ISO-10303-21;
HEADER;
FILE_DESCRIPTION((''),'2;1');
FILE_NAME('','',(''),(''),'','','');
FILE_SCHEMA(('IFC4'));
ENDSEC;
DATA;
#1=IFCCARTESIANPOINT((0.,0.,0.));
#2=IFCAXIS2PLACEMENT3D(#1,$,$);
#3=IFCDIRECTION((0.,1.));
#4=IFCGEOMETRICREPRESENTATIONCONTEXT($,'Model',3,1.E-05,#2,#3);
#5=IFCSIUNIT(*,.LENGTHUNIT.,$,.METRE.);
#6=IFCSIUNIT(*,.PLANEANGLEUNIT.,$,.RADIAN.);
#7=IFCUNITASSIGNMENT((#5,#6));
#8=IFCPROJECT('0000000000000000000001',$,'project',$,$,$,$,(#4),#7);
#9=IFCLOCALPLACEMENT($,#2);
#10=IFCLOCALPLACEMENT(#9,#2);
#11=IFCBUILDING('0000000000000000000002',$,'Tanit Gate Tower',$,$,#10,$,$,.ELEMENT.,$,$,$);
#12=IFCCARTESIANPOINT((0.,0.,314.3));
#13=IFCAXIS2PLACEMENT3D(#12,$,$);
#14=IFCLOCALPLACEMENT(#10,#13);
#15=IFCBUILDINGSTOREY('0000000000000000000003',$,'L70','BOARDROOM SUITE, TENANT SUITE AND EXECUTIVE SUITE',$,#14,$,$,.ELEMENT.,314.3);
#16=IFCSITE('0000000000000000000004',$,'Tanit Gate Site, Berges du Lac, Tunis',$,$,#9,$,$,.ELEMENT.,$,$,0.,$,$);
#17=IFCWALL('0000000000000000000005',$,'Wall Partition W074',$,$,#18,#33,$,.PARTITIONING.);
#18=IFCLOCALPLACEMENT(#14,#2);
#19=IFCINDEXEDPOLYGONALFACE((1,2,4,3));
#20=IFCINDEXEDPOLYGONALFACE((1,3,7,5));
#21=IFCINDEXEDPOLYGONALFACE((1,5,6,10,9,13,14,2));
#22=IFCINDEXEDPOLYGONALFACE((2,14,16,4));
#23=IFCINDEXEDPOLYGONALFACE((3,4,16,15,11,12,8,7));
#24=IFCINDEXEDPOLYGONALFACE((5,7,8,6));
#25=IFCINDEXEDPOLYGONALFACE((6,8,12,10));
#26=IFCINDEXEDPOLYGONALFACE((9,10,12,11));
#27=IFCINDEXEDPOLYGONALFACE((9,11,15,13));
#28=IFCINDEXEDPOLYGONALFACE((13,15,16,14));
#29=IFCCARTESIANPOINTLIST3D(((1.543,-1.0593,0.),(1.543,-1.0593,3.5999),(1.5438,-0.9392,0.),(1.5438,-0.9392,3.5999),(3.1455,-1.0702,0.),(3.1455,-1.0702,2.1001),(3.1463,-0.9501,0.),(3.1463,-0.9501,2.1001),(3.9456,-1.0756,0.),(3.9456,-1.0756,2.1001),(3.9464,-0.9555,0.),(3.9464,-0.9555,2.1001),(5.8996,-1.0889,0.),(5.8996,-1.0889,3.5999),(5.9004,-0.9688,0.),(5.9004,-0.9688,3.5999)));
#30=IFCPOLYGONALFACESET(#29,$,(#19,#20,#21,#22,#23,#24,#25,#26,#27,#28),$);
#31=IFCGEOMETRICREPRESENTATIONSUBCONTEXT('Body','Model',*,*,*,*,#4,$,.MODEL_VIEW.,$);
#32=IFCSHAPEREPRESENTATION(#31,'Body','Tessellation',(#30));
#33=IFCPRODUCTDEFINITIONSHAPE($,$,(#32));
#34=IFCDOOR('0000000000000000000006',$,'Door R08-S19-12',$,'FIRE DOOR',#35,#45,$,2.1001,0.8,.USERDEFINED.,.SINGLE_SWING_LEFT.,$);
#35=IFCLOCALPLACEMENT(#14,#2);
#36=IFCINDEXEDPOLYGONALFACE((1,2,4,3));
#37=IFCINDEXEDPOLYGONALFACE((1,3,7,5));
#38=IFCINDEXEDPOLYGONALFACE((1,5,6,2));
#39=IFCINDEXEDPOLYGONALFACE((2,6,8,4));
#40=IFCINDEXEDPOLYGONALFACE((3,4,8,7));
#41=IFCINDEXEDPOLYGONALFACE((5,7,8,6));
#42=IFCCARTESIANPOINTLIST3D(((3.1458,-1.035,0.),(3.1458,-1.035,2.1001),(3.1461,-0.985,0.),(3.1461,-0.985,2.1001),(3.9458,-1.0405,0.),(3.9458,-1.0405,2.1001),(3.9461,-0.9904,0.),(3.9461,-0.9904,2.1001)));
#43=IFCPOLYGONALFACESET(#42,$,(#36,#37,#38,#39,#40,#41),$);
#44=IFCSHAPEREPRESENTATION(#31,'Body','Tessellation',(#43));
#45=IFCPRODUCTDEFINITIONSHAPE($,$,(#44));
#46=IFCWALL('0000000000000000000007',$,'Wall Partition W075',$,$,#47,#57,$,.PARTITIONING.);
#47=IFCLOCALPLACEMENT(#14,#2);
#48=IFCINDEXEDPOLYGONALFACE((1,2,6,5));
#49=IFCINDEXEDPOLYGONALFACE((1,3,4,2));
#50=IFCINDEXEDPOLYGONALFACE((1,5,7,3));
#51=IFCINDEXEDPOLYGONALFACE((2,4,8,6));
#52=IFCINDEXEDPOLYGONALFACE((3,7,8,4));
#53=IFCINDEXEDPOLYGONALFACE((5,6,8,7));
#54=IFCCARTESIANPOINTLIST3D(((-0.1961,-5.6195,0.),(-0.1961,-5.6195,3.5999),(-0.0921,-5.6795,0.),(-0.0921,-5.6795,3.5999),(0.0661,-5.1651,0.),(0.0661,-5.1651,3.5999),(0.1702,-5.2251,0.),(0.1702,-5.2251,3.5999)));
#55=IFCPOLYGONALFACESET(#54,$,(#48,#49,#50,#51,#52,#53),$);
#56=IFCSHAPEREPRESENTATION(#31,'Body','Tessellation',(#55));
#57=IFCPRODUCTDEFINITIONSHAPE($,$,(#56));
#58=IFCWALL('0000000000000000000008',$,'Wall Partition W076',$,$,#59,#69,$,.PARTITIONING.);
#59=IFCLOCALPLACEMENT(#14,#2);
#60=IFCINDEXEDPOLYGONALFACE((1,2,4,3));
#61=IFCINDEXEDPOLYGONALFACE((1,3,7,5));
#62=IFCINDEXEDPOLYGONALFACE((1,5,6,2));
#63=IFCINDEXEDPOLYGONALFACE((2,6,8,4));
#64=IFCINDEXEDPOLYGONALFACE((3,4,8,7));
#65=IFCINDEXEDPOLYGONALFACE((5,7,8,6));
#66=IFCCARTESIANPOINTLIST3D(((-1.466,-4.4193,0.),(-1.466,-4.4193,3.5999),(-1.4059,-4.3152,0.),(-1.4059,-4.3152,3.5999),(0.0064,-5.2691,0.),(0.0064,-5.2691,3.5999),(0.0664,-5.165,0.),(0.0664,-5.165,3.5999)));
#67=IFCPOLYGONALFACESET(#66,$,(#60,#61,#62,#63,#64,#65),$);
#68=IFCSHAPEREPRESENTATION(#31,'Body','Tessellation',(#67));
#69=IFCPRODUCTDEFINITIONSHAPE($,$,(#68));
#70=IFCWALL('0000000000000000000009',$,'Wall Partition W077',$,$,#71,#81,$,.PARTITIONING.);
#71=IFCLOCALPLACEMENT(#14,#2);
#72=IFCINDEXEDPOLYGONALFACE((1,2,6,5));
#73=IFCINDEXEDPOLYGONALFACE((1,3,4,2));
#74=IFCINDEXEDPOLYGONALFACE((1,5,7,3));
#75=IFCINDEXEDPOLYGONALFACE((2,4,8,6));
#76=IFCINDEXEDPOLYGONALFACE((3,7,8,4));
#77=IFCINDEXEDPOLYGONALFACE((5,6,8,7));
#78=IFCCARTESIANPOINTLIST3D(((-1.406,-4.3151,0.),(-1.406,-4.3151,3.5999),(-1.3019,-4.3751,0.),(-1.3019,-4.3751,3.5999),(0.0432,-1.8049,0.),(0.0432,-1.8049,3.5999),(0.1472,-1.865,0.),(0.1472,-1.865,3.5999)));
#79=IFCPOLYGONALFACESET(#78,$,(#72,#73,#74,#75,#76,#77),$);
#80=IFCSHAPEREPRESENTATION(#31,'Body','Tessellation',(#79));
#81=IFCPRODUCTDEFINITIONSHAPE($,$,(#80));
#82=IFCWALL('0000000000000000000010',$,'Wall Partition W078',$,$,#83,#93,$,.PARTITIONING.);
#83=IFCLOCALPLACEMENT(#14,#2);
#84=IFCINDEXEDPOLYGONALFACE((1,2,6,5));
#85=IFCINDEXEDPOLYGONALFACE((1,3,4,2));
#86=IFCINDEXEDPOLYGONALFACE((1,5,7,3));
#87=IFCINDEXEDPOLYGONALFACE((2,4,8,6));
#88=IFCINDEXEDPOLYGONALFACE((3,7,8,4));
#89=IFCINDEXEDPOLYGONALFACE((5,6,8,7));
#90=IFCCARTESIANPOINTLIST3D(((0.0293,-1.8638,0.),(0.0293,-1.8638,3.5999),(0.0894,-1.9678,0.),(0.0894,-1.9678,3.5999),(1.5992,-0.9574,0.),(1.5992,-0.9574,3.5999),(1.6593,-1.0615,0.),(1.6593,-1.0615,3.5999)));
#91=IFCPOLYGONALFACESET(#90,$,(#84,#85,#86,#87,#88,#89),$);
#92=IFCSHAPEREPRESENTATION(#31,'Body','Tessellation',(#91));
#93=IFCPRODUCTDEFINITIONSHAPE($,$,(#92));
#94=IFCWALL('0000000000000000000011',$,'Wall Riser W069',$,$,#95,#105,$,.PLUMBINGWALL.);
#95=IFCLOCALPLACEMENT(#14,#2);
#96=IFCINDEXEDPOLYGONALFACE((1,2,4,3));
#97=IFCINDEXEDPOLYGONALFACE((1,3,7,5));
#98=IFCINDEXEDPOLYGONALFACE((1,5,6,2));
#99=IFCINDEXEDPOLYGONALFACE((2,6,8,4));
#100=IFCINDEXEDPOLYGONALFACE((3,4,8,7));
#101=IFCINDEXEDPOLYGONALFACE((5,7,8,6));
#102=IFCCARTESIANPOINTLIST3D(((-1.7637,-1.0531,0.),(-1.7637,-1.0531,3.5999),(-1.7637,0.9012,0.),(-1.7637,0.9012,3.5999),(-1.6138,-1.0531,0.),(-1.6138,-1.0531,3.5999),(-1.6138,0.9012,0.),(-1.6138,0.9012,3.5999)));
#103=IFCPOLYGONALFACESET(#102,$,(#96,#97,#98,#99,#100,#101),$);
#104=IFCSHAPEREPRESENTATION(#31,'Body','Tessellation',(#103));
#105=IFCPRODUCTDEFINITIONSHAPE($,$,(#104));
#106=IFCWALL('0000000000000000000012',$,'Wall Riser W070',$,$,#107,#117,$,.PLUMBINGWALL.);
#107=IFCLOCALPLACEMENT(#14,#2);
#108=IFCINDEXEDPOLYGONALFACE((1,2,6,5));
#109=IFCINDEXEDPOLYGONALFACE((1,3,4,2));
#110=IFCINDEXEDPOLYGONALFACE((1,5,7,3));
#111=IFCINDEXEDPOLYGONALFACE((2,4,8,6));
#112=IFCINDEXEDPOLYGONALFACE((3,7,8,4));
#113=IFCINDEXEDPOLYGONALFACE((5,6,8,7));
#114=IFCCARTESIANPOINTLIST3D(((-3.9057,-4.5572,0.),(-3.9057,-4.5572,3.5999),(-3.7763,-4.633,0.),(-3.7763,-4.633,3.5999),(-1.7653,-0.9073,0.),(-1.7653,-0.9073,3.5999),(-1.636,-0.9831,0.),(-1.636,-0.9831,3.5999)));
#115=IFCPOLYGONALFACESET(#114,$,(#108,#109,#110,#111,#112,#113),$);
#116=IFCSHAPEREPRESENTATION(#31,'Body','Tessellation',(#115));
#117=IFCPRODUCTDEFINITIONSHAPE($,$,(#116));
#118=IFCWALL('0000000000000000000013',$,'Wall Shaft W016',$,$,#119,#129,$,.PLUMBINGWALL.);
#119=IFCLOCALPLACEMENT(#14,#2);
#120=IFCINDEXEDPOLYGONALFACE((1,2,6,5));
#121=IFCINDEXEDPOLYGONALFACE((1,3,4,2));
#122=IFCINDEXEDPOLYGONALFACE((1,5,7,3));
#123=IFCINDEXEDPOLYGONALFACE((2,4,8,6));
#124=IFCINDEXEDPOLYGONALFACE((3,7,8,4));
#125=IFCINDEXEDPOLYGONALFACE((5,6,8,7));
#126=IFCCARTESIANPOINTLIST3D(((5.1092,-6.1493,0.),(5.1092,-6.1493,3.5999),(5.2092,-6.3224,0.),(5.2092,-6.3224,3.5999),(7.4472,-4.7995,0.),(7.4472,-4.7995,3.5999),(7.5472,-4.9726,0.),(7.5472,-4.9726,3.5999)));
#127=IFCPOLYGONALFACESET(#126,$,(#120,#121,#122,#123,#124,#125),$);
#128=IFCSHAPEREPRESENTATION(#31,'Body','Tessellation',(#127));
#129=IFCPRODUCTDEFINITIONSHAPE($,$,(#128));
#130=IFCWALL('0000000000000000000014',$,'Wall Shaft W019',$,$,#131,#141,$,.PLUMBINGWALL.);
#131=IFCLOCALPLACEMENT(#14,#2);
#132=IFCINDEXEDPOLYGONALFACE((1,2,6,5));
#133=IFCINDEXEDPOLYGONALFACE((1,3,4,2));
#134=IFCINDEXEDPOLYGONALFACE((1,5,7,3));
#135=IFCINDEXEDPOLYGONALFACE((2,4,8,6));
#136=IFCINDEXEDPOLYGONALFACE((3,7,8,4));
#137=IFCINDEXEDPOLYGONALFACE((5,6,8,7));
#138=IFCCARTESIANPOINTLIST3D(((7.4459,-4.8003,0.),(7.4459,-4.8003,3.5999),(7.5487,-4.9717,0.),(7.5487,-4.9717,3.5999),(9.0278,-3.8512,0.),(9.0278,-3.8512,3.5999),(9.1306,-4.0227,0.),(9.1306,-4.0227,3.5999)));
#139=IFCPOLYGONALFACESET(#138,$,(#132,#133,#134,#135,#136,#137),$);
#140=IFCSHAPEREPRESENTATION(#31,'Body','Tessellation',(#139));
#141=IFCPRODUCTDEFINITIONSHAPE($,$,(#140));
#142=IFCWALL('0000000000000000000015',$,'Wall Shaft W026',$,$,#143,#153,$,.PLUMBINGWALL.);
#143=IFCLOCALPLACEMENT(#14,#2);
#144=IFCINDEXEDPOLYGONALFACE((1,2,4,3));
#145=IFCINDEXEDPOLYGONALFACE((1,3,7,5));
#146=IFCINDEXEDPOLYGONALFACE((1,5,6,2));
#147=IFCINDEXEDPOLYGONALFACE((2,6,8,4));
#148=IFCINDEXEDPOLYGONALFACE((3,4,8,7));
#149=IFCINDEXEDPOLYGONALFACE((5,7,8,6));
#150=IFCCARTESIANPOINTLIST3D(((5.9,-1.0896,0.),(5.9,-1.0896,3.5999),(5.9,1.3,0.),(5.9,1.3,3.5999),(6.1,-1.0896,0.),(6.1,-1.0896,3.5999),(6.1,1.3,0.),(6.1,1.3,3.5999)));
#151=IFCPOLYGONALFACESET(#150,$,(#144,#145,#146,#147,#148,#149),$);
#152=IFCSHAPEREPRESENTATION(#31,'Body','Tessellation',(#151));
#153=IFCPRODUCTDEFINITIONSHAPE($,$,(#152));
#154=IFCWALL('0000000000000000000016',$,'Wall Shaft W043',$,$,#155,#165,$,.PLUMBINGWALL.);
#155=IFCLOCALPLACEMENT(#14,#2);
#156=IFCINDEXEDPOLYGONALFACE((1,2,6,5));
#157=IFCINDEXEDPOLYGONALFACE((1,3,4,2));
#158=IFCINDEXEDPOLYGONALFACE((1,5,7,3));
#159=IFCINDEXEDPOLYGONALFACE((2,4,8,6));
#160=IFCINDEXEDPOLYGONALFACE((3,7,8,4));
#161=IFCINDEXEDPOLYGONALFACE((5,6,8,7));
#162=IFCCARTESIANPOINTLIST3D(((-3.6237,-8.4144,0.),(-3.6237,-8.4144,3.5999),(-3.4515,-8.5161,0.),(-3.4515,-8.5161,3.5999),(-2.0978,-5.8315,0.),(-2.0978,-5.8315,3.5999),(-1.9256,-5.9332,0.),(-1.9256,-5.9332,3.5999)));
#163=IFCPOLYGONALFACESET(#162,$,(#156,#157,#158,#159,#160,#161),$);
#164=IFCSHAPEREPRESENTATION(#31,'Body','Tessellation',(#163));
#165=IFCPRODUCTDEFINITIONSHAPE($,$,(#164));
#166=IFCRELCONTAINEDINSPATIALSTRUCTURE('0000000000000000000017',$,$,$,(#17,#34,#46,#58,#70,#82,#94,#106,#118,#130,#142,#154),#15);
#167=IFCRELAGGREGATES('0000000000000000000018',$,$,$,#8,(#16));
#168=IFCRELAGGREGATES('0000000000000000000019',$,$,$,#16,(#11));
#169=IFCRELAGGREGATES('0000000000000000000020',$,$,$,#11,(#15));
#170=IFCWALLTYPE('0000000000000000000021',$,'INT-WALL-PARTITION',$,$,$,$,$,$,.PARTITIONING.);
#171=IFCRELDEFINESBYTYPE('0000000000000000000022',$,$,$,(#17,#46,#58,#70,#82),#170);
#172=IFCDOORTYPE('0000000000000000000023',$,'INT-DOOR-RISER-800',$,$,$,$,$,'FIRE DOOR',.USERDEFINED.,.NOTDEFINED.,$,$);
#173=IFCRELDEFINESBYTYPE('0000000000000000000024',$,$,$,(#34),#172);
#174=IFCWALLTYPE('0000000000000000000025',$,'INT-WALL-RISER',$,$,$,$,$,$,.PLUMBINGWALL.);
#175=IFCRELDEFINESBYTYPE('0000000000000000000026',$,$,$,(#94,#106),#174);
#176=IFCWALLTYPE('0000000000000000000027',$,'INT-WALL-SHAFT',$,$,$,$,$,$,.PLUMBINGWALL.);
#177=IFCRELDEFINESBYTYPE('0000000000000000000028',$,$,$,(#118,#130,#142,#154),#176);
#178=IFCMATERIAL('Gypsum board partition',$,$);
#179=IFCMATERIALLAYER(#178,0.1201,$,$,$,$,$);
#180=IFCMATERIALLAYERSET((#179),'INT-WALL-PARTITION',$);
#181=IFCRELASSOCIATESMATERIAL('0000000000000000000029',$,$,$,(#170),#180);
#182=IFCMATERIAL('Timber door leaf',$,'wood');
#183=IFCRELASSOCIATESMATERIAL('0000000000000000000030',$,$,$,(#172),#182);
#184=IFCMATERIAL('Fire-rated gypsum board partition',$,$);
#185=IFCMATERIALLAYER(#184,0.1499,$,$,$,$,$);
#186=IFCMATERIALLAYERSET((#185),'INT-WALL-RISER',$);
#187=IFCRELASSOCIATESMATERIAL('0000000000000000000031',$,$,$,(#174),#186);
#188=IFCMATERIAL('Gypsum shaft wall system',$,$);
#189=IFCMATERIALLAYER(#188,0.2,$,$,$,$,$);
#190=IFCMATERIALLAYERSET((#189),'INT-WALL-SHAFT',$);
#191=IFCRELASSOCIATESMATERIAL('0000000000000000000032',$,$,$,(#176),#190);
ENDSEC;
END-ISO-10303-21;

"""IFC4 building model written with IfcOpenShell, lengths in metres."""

from ifc_helpers import new_model, si_unit, direction, frame, frame_2d, origin, place, context, subcontext, project, spatial, rectangle, extrude, material, layer, layer_set, type_object, element, fill, save


model = new_model("IFC4")

# Units and contexts
model_context = context("Model", 3, precision=1e-05, world=origin(), true_north=direction((0.0, 1.0)))
body_context = subcontext(model_context, "Body", "Model", "MODEL_VIEW")
ifc_project = project(units=[si_unit("LENGTHUNIT", "METRE"), si_unit("PLANEANGLEUNIT", "RADIAN")], contexts=[model_context])

# Site, building, storey
site_placement = place(None, origin())
site = spatial("IfcSite", under=ifc_project, at=site_placement, Name="Tanit Gate Site, Berges du Lac, Tunis", CompositionType="ELEMENT", RefElevation=0.0)
building_placement = place(site_placement, origin())
building = spatial("IfcBuilding", under=site, at=building_placement, Name="Tanit Gate Tower", CompositionType="ELEMENT")
storey_placement = place(building_placement, frame((0.0, 0.0, 314.3)))
storey = spatial("IfcBuildingStorey", under=building, at=storey_placement, Name="L70", Description="BOARDROOM SUITE, TENANT SUITE AND EXECUTIVE SUITE", CompositionType="ELEMENT", Elevation=314.3)

# Shared definitions
ifc_material_1 = material(Name="Gypsum board partition")
ifc_layer_1 = layer(ifc_material_1, 0.1201)
ifc_layer_set_1 = layer_set([ifc_layer_1], Name="INT-WALL-PARTITION")
wall_type_1 = type_object("IfcWallType", Name="INT-WALL-PARTITION", PredefinedType="PARTITIONING", material=ifc_layer_set_1)

# Shared definitions
ifc_material_2 = material(Name="Timber door leaf", Category="wood")
door_type_1 = type_object("IfcDoorType", Name="INT-DOOR-RISER-800", ElementType="FIRE DOOR", OperationType="NOTDEFINED", PredefinedType="USERDEFINED", material=ifc_material_2)

# Wall, opening, door
wall_1_placement = place(storey_placement, frame((5.8999, -1.0288, 0.0), z_axis=(0.0, 0.0, 1.0), x_axis=(-0.999977, 0.00678, 0.0)))
wall_1 = element("IfcWall", 1, at=wall_1_placement, inside=storey, type_object=wall_type_1, Name="Wall Partition W074", PredefinedType="PARTITIONING", context=body_context, shape_type="SweptSolid", body=[
    extrude(rectangle(XDim=4.3567, YDim=0.1201, at=frame_2d((2.1782, 0.0))), origin(), (0.0, 0.0, 1.0), 3.5999),
])
opening_1_placement = place(wall_1_placement, frame((1.9541, 0.0, 0.0)))
opening_1 = element("IfcOpeningElement", 2, at=opening_1_placement, cuts=wall_1, PredefinedType="OPENING", context=body_context, shape_type="SweptSolid", body=[
    extrude(rectangle(XDim=0.8, YDim=2.1001, at=frame_2d((0.3999, 1.05))), frame((0.0, 0.0701, 0.0), z_axis=(0.0, -1.0, 0.0), x_axis=(1.0, 0.0, 0.0)), (0.0, 0.0, 1.0), 0.1401),
])
door_1_placement = place(opening_1_placement, origin())
door_1 = element("IfcDoor", 3, at=door_1_placement, inside=storey, type_object=door_type_1, Name="Door R08-S19-12", ObjectType="FIRE DOOR", OperationType="SINGLE_SWING_LEFT", OverallHeight=2.1001, OverallWidth=0.8, PredefinedType="USERDEFINED", context=body_context, shape_type="SweptSolid", body=[
    extrude(rectangle(XDim=0.8, YDim=2.1001, at=frame_2d((0.3999, 1.05))), frame((0.0, 0.0249, 0.0), z_axis=(0.0, -1.0, 0.0), x_axis=(1.0, 0.0, 0.0)), (0.0, 0.0, 1.0), 0.05),
])
fill(opening_1, door_1)

# Walls
wall_2_placement = place(storey_placement, frame((-0.144, -5.6494, 0.0), z_axis=(0.0, 0.0, 1.0), x_axis=(0.499843, 0.866116, 0.0)))
element("IfcWall", 4, at=wall_2_placement, inside=storey, type_object=wall_type_1, Name="Wall Partition W075", PredefinedType="PARTITIONING", context=body_context, shape_type="SweptSolid", body=[
    extrude(rectangle(XDim=0.5247, YDim=0.1201, at=frame_2d((0.2622, 0.0))), origin(), (0.0, 0.0, 1.0), 3.5999),
])
wall_3_placement = place(storey_placement, frame((-1.436, -4.3672, 0.0), z_axis=(0.0, 0.0, 1.0), x_axis=(0.866088, -0.499892, 0.0)))
element("IfcWall", 5, at=wall_3_placement, inside=storey, type_object=wall_type_1, Name="Wall Partition W076", PredefinedType="PARTITIONING", context=body_context, shape_type="SweptSolid", body=[
    extrude(rectangle(XDim=1.7, YDim=0.1201, at=frame_2d((0.8501, 0.0))), origin(), (0.0, 0.0, 1.0), 3.5999),
])
wall_4_placement = place(storey_placement, frame((0.0952, -1.835, 0.0), z_axis=(0.0, 0.0, 1.0), x_axis=(-0.49998, -0.866037, 0.0)))
element("IfcWall", 6, at=wall_4_placement, inside=storey, type_object=wall_type_1, Name="Wall Partition W077", PredefinedType="PARTITIONING", context=body_context, shape_type="SweptSolid", body=[
    extrude(rectangle(XDim=2.8984, YDim=0.1201, at=frame_2d((1.4492, 0.0))), origin(), (0.0, 0.0, 1.0), 3.5999),
])
wall_5_placement = place(storey_placement, frame((1.6292, -1.0095, 0.0), z_axis=(0.0, 0.0, 1.0), x_axis=(-0.866047, -0.499963, 0.0)))
element("IfcWall", 7, at=wall_5_placement, inside=storey, type_object=wall_type_1, Name="Wall Partition W078", PredefinedType="PARTITIONING", context=body_context, shape_type="SweptSolid", body=[
    extrude(rectangle(XDim=1.8127, YDim=0.1201, at=frame_2d((0.9062, 0.0))), origin(), (0.0, 0.0, 1.0), 3.5999),
])
ifc_material_3 = material(Name="Fire-rated gypsum board partition")
ifc_layer_2 = layer(ifc_material_3, 0.1499)
ifc_layer_set_2 = layer_set([ifc_layer_2], Name="INT-WALL-RISER")
wall_type_2 = type_object("IfcWallType", Name="INT-WALL-RISER", PredefinedType="PLUMBINGWALL", material=ifc_layer_set_2)
wall_6_placement = place(storey_placement, frame((-1.6887, -1.053, 0.0), z_axis=(0.0, 0.0, 1.0), x_axis=(0.0, 1.0, 0.0)))
element("IfcWall", 8, at=wall_6_placement, inside=storey, type_object=wall_type_2, Name="Wall Riser W069", PredefinedType="PLUMBINGWALL", context=body_context, shape_type="SweptSolid", body=[
    extrude(rectangle(XDim=1.9543, YDim=0.1499, at=frame_2d((0.9771, 0.0))), origin(), (0.0, 0.0, 1.0), 3.5999),
])
wall_7_placement = place(storey_placement, frame((-3.8411, -4.5952, 0.0), z_axis=(0.0, 0.0, 1.0), x_axis=(0.505857, 0.862617, 0.0)))
element("IfcWall", 9, at=wall_7_placement, inside=storey, type_object=wall_type_2, Name="Wall Riser W070", PredefinedType="PLUMBINGWALL", context=body_context, shape_type="SweptSolid", body=[
    extrude(rectangle(XDim=4.2312, YDim=0.1499, at=frame_2d((2.1157, 0.0))), origin(), (0.0, 0.0, 1.0), 3.5999),
])
ifc_material_4 = material(Name="Gypsum shaft wall system")
ifc_layer_3 = layer(ifc_material_4, 0.2)
ifc_layer_set_3 = layer_set([ifc_layer_3], Name="INT-WALL-SHAFT")
wall_type_3 = type_object("IfcWallType", Name="INT-WALL-SHAFT", PredefinedType="PLUMBINGWALL", material=ifc_layer_set_3)
wall_8_placement = place(storey_placement, frame((5.1592, -6.2358, 0.0), z_axis=(0.0, 0.0, 1.0), x_axis=(0.866037, 0.499981, 0.0)))
element("IfcWall", 10, at=wall_8_placement, inside=storey, type_object=wall_type_3, Name="Wall Shaft W016", PredefinedType="PLUMBINGWALL", context=body_context, shape_type="SweptSolid", body=[
    extrude(rectangle(XDim=2.6997, YDim=0.2, at=frame_2d((1.3499, 0.0))), origin(), (0.0, 0.0, 1.0), 3.5999),
])
wall_9_placement = place(storey_placement, frame((7.4973, -4.886, 0.0), z_axis=(0.0, 0.0, 1.0), x_axis=(0.857516, 0.514457, 0.0)))
element("IfcWall", 11, at=wall_9_placement, inside=storey, type_object=wall_type_3, Name="Wall Shaft W019", PredefinedType="PLUMBINGWALL", context=body_context, shape_type="SweptSolid", body=[
    extrude(rectangle(XDim=1.8447, YDim=0.2, at=frame_2d((0.9224, 0.0))), origin(), (0.0, 0.0, 1.0), 3.5999),
])
wall_10_placement = place(storey_placement, frame((6.0, -1.0896, 0.0), z_axis=(0.0, 0.0, 1.0), x_axis=(0.0, 1.0, 0.0)))
element("IfcWall", 12, at=wall_10_placement, inside=storey, type_object=wall_type_3, Name="Wall Shaft W026", PredefinedType="PLUMBINGWALL", context=body_context, shape_type="SweptSolid", body=[
    extrude(rectangle(XDim=2.3896, YDim=0.2, at=frame_2d((1.1948, 0.0))), origin(), (0.0, 0.0, 1.0), 3.5999),
])

# Wall
wall_11_placement = place(storey_placement, frame((-2.0117, -5.8823, 0.0), z_axis=(0.0, 0.0, 1.0), x_axis=(-0.50862, -0.860991, 0.0)))
element("IfcWall", 13, at=wall_11_placement, inside=storey, type_object=wall_type_3, Name="Wall Shaft W043", PredefinedType="PLUMBINGWALL", context=body_context, shape_type="SweptSolid", body=[
    extrude(rectangle(XDim=3.0, YDim=0.2, at=frame_2d((1.5, 0.0))), origin(), (0.0, 0.0, 1.0), 3.5999),
])

save(model, "model.ifc")
